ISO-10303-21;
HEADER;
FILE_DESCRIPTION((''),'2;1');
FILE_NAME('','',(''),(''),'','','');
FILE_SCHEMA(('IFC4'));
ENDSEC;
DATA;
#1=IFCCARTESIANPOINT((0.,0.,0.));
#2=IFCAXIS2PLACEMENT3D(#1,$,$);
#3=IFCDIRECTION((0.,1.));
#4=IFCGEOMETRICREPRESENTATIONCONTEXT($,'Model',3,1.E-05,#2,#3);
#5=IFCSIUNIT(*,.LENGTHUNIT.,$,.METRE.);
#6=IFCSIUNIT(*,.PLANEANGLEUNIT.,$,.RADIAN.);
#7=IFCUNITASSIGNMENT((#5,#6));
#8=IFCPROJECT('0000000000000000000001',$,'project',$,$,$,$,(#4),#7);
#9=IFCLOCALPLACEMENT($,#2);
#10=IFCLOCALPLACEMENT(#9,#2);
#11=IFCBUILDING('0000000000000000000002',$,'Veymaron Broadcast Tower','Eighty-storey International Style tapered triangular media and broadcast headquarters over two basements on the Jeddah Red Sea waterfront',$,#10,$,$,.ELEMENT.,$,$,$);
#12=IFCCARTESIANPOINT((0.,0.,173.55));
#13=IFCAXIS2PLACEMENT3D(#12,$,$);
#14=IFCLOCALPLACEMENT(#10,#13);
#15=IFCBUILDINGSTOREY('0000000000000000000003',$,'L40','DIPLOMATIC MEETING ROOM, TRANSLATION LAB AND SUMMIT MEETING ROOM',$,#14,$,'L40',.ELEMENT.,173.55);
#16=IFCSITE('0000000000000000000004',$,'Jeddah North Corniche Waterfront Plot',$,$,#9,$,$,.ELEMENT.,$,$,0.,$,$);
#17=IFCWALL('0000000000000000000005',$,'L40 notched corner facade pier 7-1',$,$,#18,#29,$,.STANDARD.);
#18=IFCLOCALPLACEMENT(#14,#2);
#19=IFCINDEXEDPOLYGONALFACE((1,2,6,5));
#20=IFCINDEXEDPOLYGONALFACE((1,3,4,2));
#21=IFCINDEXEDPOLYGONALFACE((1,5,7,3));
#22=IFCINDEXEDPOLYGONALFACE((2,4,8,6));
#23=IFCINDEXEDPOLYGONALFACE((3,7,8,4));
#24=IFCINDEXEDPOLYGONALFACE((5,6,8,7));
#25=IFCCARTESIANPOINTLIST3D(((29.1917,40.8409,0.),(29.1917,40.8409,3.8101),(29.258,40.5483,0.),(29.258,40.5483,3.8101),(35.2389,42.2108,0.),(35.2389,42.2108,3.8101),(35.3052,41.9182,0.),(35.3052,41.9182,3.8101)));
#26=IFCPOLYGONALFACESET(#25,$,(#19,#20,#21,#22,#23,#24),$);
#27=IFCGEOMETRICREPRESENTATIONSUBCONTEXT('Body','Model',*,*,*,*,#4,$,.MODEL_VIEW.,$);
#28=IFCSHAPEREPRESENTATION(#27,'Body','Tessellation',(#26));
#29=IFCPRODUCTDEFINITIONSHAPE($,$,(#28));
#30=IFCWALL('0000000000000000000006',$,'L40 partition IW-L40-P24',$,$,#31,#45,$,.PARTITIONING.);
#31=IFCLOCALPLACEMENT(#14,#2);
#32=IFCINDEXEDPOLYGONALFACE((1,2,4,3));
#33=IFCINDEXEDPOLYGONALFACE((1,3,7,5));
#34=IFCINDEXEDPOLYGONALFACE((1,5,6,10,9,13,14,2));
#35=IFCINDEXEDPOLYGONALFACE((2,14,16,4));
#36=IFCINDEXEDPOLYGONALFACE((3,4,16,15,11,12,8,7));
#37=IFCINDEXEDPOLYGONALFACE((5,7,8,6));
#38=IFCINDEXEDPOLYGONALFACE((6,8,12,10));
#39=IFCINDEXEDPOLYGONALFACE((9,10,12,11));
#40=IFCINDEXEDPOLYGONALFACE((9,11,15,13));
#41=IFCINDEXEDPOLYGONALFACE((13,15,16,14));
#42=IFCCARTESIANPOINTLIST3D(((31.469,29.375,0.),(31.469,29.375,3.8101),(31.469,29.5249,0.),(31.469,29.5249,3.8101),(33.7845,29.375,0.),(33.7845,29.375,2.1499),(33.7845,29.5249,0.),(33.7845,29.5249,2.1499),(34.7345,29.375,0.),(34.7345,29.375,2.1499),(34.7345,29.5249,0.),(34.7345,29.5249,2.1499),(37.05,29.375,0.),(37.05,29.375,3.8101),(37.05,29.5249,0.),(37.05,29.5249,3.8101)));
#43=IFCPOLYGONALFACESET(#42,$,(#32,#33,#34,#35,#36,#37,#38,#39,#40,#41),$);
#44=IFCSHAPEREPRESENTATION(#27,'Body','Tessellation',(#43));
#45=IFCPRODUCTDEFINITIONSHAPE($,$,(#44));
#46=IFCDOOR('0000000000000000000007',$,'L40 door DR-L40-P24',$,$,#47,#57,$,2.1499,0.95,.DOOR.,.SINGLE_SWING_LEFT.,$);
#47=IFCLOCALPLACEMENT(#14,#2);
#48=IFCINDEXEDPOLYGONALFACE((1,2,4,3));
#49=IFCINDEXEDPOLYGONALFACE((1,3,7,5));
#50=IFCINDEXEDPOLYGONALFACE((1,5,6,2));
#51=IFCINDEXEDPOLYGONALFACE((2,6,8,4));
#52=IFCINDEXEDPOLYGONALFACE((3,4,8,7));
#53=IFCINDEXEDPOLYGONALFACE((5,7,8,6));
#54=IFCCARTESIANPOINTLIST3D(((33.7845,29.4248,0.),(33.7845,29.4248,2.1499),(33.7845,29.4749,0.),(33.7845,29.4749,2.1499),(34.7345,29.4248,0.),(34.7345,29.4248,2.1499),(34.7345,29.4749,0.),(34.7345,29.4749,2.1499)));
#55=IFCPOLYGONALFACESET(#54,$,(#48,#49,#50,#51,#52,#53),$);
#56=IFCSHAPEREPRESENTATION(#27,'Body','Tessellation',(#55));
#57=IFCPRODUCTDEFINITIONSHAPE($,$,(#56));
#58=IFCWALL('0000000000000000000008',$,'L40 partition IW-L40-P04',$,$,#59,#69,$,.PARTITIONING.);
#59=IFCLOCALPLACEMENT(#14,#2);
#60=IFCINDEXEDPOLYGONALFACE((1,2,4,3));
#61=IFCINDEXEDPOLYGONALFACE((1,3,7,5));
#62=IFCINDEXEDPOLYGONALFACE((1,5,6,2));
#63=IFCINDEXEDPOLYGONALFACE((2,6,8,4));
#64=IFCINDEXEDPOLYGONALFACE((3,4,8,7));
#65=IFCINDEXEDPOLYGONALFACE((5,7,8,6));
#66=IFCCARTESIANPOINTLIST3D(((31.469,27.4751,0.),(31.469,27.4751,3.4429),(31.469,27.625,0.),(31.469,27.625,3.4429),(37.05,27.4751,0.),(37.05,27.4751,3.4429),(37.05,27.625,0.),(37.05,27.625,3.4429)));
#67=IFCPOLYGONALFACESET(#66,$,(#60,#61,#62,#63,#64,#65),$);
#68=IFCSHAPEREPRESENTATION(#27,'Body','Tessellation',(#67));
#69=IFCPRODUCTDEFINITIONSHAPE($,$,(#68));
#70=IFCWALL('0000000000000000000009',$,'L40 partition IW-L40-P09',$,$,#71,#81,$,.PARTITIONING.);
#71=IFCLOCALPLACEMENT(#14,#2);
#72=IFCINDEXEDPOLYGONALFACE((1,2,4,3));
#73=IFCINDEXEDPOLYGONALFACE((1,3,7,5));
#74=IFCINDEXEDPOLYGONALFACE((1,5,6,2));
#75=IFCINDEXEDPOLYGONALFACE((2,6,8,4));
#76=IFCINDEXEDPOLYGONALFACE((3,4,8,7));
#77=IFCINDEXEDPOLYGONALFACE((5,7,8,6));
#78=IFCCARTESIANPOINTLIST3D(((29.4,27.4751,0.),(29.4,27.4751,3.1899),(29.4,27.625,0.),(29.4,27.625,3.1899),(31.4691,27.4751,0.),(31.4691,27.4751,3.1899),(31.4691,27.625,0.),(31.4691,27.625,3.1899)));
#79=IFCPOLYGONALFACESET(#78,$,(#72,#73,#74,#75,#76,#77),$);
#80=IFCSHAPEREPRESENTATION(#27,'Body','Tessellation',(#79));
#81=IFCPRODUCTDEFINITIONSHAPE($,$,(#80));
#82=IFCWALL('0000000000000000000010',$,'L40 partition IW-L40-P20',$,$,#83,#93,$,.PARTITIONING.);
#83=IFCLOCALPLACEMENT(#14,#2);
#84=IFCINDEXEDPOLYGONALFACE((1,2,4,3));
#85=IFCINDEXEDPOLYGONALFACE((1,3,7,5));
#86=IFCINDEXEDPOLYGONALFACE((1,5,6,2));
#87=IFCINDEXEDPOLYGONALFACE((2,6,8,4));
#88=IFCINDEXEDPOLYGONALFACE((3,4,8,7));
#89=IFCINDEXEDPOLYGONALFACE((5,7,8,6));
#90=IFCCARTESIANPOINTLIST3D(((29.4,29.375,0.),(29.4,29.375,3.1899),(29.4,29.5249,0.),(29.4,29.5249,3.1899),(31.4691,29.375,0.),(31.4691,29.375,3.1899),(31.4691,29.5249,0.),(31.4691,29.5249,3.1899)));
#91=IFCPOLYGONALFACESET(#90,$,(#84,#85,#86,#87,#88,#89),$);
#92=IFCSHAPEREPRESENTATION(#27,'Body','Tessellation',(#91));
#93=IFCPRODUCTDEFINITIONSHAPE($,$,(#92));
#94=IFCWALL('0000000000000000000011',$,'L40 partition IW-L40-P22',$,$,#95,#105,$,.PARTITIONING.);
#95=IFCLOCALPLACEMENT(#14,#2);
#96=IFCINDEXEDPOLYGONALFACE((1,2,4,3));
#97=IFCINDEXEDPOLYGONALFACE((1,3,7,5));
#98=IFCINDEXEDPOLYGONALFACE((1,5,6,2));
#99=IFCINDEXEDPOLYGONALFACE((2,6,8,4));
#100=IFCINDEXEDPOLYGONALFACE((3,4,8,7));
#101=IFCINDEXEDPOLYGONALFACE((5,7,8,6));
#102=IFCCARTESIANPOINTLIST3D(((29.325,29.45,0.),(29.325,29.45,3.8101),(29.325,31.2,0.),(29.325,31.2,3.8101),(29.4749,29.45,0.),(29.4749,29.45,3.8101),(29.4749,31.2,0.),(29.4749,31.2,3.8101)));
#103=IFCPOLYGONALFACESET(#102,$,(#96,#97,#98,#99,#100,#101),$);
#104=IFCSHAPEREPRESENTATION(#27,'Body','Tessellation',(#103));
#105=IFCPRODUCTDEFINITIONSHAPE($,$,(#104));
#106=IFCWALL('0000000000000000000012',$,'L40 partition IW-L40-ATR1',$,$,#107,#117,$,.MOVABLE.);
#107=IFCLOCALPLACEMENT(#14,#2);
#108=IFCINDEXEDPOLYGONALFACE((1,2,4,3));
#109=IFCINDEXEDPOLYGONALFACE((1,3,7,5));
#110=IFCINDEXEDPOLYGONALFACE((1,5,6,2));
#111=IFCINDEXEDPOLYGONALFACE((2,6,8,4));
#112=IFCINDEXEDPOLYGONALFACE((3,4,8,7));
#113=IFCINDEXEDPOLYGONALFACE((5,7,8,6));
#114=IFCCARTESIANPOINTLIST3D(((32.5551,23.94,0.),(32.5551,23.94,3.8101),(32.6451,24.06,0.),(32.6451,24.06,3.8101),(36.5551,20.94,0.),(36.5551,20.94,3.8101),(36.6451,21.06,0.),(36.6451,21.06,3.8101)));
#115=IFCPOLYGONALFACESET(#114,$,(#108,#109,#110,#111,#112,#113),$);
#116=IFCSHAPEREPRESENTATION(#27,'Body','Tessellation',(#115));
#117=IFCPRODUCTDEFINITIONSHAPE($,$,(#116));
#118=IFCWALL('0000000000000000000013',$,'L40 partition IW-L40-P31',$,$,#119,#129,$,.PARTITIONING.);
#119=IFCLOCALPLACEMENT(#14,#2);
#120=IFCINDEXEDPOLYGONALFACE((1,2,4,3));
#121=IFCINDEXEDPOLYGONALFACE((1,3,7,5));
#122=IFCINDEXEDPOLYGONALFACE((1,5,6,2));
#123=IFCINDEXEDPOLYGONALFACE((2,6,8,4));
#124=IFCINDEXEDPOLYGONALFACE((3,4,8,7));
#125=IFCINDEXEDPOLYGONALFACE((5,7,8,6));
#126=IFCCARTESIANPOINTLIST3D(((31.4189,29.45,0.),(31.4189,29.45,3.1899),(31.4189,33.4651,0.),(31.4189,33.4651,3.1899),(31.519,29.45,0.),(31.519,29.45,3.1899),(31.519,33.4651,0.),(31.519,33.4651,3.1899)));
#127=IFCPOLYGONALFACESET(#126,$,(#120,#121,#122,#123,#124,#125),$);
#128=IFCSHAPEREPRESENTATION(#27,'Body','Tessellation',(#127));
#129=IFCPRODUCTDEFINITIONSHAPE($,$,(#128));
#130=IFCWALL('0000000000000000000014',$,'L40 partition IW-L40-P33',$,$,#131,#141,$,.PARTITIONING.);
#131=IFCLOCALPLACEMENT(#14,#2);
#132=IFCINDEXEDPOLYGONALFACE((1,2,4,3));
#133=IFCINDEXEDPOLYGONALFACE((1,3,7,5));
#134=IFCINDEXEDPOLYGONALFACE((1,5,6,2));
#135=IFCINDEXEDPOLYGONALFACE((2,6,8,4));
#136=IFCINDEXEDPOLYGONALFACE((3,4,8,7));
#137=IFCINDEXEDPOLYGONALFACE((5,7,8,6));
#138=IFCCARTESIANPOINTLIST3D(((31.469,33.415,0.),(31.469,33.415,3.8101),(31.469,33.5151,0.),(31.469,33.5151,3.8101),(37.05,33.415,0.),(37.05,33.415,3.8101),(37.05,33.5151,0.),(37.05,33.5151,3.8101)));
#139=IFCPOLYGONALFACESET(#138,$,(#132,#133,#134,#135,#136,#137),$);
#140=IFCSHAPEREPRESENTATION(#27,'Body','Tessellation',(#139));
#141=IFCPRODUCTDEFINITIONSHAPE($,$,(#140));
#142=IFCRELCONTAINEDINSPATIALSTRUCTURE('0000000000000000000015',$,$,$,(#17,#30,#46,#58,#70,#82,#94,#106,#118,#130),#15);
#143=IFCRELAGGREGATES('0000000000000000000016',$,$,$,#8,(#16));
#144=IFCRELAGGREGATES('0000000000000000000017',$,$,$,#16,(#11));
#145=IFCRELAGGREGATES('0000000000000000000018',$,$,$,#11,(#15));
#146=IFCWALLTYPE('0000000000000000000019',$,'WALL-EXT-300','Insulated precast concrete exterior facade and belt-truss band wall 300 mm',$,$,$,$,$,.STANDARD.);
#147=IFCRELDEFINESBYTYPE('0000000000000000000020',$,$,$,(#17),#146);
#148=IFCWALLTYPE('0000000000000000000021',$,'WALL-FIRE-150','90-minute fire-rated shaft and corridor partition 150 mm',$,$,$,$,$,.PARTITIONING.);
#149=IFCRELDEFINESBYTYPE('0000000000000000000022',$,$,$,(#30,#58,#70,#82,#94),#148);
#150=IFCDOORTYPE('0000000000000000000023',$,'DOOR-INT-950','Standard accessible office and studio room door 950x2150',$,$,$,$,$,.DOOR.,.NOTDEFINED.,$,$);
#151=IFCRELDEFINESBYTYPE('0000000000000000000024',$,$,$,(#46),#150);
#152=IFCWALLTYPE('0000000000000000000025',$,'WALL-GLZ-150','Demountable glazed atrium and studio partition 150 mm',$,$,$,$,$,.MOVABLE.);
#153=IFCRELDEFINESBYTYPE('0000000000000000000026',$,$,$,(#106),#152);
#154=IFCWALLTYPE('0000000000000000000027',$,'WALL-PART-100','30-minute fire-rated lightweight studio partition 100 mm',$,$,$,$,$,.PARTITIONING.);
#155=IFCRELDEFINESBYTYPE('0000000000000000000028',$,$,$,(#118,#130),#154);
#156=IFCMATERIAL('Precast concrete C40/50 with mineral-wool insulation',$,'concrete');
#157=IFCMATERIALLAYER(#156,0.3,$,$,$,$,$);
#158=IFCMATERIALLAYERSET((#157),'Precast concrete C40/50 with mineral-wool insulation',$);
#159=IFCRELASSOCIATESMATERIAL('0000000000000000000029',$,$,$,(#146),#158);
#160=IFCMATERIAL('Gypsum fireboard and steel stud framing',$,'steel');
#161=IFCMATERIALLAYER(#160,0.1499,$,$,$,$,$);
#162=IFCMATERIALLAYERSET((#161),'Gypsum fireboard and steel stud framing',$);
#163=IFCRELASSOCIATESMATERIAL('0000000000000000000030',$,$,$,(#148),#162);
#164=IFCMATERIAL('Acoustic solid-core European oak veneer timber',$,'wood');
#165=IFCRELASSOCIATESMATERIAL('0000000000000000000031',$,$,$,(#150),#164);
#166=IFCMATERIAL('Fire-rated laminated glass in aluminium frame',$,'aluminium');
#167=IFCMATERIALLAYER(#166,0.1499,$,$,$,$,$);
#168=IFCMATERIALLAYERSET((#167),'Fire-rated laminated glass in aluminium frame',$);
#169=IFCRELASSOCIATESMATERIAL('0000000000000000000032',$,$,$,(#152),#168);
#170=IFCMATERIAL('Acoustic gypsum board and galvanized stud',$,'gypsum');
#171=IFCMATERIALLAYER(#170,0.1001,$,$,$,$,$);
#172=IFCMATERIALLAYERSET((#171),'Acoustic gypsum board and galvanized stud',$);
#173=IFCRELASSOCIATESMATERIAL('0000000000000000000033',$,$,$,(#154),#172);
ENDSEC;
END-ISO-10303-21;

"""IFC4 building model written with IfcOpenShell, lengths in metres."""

from ifc_helpers import new_model, si_unit, direction, frame, frame_2d, origin, place, context, subcontext, project, spatial, rectangle, extrude, material, layer, layer_set, type_object, element, fill, save


model = new_model("IFC4")

# Units and contexts
model_context = context("Model", 3, precision=1e-05, world=origin(), true_north=direction((0.0, 1.0)))
body_context = subcontext(model_context, "Body", "Model", "MODEL_VIEW")
ifc_project = project(units=[si_unit("LENGTHUNIT", "METRE"), si_unit("PLANEANGLEUNIT", "RADIAN")], contexts=[model_context])

# Site, building, storey
site_placement = place(None, origin())
site = spatial("IfcSite", under=ifc_project, at=site_placement, Name="Jeddah North Corniche Waterfront Plot", CompositionType="ELEMENT", RefElevation=0.0)
building_placement = place(site_placement, origin())
building = spatial("IfcBuilding", under=site, at=building_placement, Name="Veymaron Broadcast Tower", Description="Eighty-storey International Style tapered triangular media and broadcast headquarters over two basements on the Jeddah Red Sea waterfront", CompositionType="ELEMENT")
storey_placement = place(building_placement, frame((0.0, 0.0, 173.55)))
storey = spatial("IfcBuildingStorey", under=building, at=storey_placement, Name="L40", Description="DIPLOMATIC MEETING ROOM, TRANSLATION LAB AND SUMMIT MEETING ROOM", LongName="L40", CompositionType="ELEMENT", Elevation=173.55)

# Wall
ifc_material_1 = material(Name="Precast concrete C40/50 with mineral-wool insulation", Category="concrete")
ifc_layer_1 = layer(ifc_material_1, 0.3)
ifc_layer_set_1 = layer_set([ifc_layer_1], Name="Precast concrete C40/50 with mineral-wool insulation")
wall_type_1 = type_object("IfcWallType", Name="WALL-EXT-300", Description="Insulated precast concrete exterior facade and belt-truss band wall 300 mm", PredefinedType="STANDARD", material=ifc_layer_set_1)
wall_1_placement = place(storey_placement, frame((35.272, 42.0645, 0.0), z_axis=(0.0, 0.0, 1.0), x_axis=(-0.975288, -0.220935, 0.0)))
element("IfcWall", 1, at=wall_1_placement, inside=storey, type_object=wall_type_1, Name="L40 notched corner facade pier 7-1", PredefinedType="STANDARD", context=body_context, shape_type="SweptSolid", body=[
    extrude(rectangle(XDim=6.2004, YDim=0.3, at=frame_2d((3.1001, 0.0))), origin(), (0.0, 0.0, 1.0), 3.8101),
])

# Wall, opening, door
ifc_material_2 = material(Name="Gypsum fireboard and steel stud framing", Category="steel")
ifc_layer_2 = layer(ifc_material_2, 0.1499)
ifc_layer_set_2 = layer_set([ifc_layer_2], Name="Gypsum fireboard and steel stud framing")
wall_type_2 = type_object("IfcWallType", Name="WALL-FIRE-150", Description="90-minute fire-rated shaft and corridor partition 150 mm", PredefinedType="PARTITIONING", material=ifc_layer_set_2)
wall_2_placement = place(storey_placement, frame((31.469, 29.45, 0.0), z_axis=(0.0, 0.0, 1.0), x_axis=(1.0, 0.0, 0.0)))
wall_2 = element("IfcWall", 2, at=wall_2_placement, inside=storey, type_object=wall_type_2, Name="L40 partition IW-L40-P24", PredefinedType="PARTITIONING", context=body_context, shape_type="SweptSolid", body=[
    extrude(rectangle(XDim=5.5811, YDim=0.1499, at=frame_2d((2.7905, 0.0))), origin(), (0.0, 0.0, 1.0), 3.8101),
])
opening_placement = place(wall_2_placement, frame((2.3154, 0.0, 0.0)))
opening = element("IfcOpeningElement", 3, at=opening_placement, cuts=wall_2, PredefinedType="OPENING", context=body_context, shape_type="SweptSolid", body=[
    extrude(rectangle(XDim=0.95, YDim=2.1499, at=frame_2d((0.4751, 1.075))), frame((0.0, 0.085, 0.0), z_axis=(0.0, -1.0, 0.0), x_axis=(1.0, 0.0, 0.0)), (0.0, 0.0, 1.0), 0.1699),
])
ifc_material_3 = material(Name="Acoustic solid-core European oak veneer timber", Category="wood")
door_type = type_object("IfcDoorType", Name="DOOR-INT-950", Description="Standard accessible office and studio room door 950x2150", OperationType="NOTDEFINED", PredefinedType="DOOR", material=ifc_material_3)
door_placement = place(opening_placement, origin())
door = element("IfcDoor", 4, at=door_placement, inside=storey, type_object=door_type, Name="L40 door DR-L40-P24", OperationType="SINGLE_SWING_LEFT", OverallHeight=2.1499, OverallWidth=0.95, PredefinedType="DOOR", context=body_context, shape_type="SweptSolid", body=[
    extrude(rectangle(XDim=0.95, YDim=2.1499, at=frame_2d((0.4751, 1.075))), frame((0.0, 0.0249, 0.0), z_axis=(0.0, -1.0, 0.0), x_axis=(1.0, 0.0, 0.0)), (0.0, 0.0, 1.0), 0.05),
])
fill(opening, door)

# Walls
wall_3_placement = place(storey_placement, frame((31.469, 27.55, 0.0), z_axis=(0.0, 0.0, 1.0), x_axis=(1.0, 0.0, 0.0)))
element("IfcWall", 5, at=wall_3_placement, inside=storey, type_object=wall_type_2, Name="L40 partition IW-L40-P04", PredefinedType="PARTITIONING", context=body_context, shape_type="SweptSolid", body=[
    extrude(rectangle(XDim=5.5811, YDim=0.1499, at=frame_2d((2.7905, 0.0))), origin(), (0.0, 0.0, 1.0), 3.4429),
])
for number, where, z_axis, x_axis, name in (
    (6, (29.3999, 27.55, 0.0), (0.0, 0.0, 1.0), (1.0, 0.0, 0.0), "L40 partition IW-L40-P09"),
    (7, (29.3999, 29.45, 0.0), (0.0, 0.0, 1.0), (1.0, 0.0, 0.0), "L40 partition IW-L40-P20"),
):
    element("IfcWall", number, at=place(storey_placement, frame(where, z_axis=z_axis, x_axis=x_axis)), inside=storey, type_object=wall_type_2, Name=name, PredefinedType="PARTITIONING", context=body_context, shape_type="SweptSolid", body=[
        extrude(rectangle(XDim=2.0691, YDim=0.1499, at=frame_2d((1.0347, 0.0))), origin(), (0.0, 0.0, 1.0), 3.1899),
    ])
wall_4_placement = place(storey_placement, frame((29.3999, 29.45, 0.0), z_axis=(0.0, 0.0, 1.0), x_axis=(0.0, 1.0, 0.0)))
element("IfcWall", 8, at=wall_4_placement, inside=storey, type_object=wall_type_2, Name="L40 partition IW-L40-P22", PredefinedType="PARTITIONING", context=body_context, shape_type="SweptSolid", body=[
    extrude(rectangle(XDim=1.75, YDim=0.1499, at=frame_2d((0.875, 0.0))), origin(), (0.0, 0.0, 1.0), 3.8101),
])
ifc_material_4 = material(Name="Fire-rated laminated glass in aluminium frame", Category="aluminium")
ifc_layer_3 = layer(ifc_material_4, 0.1499)
ifc_layer_set_3 = layer_set([ifc_layer_3], Name="Fire-rated laminated glass in aluminium frame")
wall_type_3 = type_object("IfcWallType", Name="WALL-GLZ-150", Description="Demountable glazed atrium and studio partition 150 mm", PredefinedType="MOVABLE", material=ifc_layer_set_3)
wall_5_placement = place(storey_placement, frame((32.6001, 24.0, 0.0), z_axis=(0.0, 0.0, 1.0), x_axis=(0.8, -0.6, 0.0)))
element("IfcWall", 9, at=wall_5_placement, inside=storey, type_object=wall_type_3, Name="L40 partition IW-L40-ATR1", PredefinedType="MOVABLE", context=body_context, shape_type="SweptSolid", body=[
    extrude(rectangle(XDim=5.0, YDim=0.1499, at=frame_2d((2.5, 0.0))), origin(), (0.0, 0.0, 1.0), 3.8101),
])
ifc_material_5 = material(Name="Acoustic gypsum board and galvanized stud", Category="gypsum")
ifc_layer_4 = layer(ifc_material_5, 0.1001)
ifc_layer_set_4 = layer_set([ifc_layer_4], Name="Acoustic gypsum board and galvanized stud")
wall_type_4 = type_object("IfcWallType", Name="WALL-PART-100", Description="30-minute fire-rated lightweight studio partition 100 mm", PredefinedType="PARTITIONING", material=ifc_layer_set_4)
wall_6_placement = place(storey_placement, frame((31.469, 29.45, 0.0), z_axis=(0.0, 0.0, 1.0), x_axis=(0.0, 1.0, 0.0)))
element("IfcWall", 10, at=wall_6_placement, inside=storey, type_object=wall_type_4, Name="L40 partition IW-L40-P31", PredefinedType="PARTITIONING", context=body_context, shape_type="SweptSolid", body=[
    extrude(rectangle(XDim=4.0151, YDim=0.1001, at=frame_2d((2.0076, 0.0))), origin(), (0.0, 0.0, 1.0), 3.1899),
])
wall_7_placement = place(storey_placement, frame((31.469, 33.4651, 0.0), z_axis=(0.0, 0.0, 1.0), x_axis=(1.0, 0.0, 0.0)))
element("IfcWall", 11, at=wall_7_placement, inside=storey, type_object=wall_type_4, Name="L40 partition IW-L40-P33", PredefinedType="PARTITIONING", context=body_context, shape_type="SweptSolid", body=[
    extrude(rectangle(XDim=5.5811, YDim=0.1001, at=frame_2d((2.7905, 0.0))), origin(), (0.0, 0.0, 1.0), 3.8101),
])

save(model, "model.ifc")
